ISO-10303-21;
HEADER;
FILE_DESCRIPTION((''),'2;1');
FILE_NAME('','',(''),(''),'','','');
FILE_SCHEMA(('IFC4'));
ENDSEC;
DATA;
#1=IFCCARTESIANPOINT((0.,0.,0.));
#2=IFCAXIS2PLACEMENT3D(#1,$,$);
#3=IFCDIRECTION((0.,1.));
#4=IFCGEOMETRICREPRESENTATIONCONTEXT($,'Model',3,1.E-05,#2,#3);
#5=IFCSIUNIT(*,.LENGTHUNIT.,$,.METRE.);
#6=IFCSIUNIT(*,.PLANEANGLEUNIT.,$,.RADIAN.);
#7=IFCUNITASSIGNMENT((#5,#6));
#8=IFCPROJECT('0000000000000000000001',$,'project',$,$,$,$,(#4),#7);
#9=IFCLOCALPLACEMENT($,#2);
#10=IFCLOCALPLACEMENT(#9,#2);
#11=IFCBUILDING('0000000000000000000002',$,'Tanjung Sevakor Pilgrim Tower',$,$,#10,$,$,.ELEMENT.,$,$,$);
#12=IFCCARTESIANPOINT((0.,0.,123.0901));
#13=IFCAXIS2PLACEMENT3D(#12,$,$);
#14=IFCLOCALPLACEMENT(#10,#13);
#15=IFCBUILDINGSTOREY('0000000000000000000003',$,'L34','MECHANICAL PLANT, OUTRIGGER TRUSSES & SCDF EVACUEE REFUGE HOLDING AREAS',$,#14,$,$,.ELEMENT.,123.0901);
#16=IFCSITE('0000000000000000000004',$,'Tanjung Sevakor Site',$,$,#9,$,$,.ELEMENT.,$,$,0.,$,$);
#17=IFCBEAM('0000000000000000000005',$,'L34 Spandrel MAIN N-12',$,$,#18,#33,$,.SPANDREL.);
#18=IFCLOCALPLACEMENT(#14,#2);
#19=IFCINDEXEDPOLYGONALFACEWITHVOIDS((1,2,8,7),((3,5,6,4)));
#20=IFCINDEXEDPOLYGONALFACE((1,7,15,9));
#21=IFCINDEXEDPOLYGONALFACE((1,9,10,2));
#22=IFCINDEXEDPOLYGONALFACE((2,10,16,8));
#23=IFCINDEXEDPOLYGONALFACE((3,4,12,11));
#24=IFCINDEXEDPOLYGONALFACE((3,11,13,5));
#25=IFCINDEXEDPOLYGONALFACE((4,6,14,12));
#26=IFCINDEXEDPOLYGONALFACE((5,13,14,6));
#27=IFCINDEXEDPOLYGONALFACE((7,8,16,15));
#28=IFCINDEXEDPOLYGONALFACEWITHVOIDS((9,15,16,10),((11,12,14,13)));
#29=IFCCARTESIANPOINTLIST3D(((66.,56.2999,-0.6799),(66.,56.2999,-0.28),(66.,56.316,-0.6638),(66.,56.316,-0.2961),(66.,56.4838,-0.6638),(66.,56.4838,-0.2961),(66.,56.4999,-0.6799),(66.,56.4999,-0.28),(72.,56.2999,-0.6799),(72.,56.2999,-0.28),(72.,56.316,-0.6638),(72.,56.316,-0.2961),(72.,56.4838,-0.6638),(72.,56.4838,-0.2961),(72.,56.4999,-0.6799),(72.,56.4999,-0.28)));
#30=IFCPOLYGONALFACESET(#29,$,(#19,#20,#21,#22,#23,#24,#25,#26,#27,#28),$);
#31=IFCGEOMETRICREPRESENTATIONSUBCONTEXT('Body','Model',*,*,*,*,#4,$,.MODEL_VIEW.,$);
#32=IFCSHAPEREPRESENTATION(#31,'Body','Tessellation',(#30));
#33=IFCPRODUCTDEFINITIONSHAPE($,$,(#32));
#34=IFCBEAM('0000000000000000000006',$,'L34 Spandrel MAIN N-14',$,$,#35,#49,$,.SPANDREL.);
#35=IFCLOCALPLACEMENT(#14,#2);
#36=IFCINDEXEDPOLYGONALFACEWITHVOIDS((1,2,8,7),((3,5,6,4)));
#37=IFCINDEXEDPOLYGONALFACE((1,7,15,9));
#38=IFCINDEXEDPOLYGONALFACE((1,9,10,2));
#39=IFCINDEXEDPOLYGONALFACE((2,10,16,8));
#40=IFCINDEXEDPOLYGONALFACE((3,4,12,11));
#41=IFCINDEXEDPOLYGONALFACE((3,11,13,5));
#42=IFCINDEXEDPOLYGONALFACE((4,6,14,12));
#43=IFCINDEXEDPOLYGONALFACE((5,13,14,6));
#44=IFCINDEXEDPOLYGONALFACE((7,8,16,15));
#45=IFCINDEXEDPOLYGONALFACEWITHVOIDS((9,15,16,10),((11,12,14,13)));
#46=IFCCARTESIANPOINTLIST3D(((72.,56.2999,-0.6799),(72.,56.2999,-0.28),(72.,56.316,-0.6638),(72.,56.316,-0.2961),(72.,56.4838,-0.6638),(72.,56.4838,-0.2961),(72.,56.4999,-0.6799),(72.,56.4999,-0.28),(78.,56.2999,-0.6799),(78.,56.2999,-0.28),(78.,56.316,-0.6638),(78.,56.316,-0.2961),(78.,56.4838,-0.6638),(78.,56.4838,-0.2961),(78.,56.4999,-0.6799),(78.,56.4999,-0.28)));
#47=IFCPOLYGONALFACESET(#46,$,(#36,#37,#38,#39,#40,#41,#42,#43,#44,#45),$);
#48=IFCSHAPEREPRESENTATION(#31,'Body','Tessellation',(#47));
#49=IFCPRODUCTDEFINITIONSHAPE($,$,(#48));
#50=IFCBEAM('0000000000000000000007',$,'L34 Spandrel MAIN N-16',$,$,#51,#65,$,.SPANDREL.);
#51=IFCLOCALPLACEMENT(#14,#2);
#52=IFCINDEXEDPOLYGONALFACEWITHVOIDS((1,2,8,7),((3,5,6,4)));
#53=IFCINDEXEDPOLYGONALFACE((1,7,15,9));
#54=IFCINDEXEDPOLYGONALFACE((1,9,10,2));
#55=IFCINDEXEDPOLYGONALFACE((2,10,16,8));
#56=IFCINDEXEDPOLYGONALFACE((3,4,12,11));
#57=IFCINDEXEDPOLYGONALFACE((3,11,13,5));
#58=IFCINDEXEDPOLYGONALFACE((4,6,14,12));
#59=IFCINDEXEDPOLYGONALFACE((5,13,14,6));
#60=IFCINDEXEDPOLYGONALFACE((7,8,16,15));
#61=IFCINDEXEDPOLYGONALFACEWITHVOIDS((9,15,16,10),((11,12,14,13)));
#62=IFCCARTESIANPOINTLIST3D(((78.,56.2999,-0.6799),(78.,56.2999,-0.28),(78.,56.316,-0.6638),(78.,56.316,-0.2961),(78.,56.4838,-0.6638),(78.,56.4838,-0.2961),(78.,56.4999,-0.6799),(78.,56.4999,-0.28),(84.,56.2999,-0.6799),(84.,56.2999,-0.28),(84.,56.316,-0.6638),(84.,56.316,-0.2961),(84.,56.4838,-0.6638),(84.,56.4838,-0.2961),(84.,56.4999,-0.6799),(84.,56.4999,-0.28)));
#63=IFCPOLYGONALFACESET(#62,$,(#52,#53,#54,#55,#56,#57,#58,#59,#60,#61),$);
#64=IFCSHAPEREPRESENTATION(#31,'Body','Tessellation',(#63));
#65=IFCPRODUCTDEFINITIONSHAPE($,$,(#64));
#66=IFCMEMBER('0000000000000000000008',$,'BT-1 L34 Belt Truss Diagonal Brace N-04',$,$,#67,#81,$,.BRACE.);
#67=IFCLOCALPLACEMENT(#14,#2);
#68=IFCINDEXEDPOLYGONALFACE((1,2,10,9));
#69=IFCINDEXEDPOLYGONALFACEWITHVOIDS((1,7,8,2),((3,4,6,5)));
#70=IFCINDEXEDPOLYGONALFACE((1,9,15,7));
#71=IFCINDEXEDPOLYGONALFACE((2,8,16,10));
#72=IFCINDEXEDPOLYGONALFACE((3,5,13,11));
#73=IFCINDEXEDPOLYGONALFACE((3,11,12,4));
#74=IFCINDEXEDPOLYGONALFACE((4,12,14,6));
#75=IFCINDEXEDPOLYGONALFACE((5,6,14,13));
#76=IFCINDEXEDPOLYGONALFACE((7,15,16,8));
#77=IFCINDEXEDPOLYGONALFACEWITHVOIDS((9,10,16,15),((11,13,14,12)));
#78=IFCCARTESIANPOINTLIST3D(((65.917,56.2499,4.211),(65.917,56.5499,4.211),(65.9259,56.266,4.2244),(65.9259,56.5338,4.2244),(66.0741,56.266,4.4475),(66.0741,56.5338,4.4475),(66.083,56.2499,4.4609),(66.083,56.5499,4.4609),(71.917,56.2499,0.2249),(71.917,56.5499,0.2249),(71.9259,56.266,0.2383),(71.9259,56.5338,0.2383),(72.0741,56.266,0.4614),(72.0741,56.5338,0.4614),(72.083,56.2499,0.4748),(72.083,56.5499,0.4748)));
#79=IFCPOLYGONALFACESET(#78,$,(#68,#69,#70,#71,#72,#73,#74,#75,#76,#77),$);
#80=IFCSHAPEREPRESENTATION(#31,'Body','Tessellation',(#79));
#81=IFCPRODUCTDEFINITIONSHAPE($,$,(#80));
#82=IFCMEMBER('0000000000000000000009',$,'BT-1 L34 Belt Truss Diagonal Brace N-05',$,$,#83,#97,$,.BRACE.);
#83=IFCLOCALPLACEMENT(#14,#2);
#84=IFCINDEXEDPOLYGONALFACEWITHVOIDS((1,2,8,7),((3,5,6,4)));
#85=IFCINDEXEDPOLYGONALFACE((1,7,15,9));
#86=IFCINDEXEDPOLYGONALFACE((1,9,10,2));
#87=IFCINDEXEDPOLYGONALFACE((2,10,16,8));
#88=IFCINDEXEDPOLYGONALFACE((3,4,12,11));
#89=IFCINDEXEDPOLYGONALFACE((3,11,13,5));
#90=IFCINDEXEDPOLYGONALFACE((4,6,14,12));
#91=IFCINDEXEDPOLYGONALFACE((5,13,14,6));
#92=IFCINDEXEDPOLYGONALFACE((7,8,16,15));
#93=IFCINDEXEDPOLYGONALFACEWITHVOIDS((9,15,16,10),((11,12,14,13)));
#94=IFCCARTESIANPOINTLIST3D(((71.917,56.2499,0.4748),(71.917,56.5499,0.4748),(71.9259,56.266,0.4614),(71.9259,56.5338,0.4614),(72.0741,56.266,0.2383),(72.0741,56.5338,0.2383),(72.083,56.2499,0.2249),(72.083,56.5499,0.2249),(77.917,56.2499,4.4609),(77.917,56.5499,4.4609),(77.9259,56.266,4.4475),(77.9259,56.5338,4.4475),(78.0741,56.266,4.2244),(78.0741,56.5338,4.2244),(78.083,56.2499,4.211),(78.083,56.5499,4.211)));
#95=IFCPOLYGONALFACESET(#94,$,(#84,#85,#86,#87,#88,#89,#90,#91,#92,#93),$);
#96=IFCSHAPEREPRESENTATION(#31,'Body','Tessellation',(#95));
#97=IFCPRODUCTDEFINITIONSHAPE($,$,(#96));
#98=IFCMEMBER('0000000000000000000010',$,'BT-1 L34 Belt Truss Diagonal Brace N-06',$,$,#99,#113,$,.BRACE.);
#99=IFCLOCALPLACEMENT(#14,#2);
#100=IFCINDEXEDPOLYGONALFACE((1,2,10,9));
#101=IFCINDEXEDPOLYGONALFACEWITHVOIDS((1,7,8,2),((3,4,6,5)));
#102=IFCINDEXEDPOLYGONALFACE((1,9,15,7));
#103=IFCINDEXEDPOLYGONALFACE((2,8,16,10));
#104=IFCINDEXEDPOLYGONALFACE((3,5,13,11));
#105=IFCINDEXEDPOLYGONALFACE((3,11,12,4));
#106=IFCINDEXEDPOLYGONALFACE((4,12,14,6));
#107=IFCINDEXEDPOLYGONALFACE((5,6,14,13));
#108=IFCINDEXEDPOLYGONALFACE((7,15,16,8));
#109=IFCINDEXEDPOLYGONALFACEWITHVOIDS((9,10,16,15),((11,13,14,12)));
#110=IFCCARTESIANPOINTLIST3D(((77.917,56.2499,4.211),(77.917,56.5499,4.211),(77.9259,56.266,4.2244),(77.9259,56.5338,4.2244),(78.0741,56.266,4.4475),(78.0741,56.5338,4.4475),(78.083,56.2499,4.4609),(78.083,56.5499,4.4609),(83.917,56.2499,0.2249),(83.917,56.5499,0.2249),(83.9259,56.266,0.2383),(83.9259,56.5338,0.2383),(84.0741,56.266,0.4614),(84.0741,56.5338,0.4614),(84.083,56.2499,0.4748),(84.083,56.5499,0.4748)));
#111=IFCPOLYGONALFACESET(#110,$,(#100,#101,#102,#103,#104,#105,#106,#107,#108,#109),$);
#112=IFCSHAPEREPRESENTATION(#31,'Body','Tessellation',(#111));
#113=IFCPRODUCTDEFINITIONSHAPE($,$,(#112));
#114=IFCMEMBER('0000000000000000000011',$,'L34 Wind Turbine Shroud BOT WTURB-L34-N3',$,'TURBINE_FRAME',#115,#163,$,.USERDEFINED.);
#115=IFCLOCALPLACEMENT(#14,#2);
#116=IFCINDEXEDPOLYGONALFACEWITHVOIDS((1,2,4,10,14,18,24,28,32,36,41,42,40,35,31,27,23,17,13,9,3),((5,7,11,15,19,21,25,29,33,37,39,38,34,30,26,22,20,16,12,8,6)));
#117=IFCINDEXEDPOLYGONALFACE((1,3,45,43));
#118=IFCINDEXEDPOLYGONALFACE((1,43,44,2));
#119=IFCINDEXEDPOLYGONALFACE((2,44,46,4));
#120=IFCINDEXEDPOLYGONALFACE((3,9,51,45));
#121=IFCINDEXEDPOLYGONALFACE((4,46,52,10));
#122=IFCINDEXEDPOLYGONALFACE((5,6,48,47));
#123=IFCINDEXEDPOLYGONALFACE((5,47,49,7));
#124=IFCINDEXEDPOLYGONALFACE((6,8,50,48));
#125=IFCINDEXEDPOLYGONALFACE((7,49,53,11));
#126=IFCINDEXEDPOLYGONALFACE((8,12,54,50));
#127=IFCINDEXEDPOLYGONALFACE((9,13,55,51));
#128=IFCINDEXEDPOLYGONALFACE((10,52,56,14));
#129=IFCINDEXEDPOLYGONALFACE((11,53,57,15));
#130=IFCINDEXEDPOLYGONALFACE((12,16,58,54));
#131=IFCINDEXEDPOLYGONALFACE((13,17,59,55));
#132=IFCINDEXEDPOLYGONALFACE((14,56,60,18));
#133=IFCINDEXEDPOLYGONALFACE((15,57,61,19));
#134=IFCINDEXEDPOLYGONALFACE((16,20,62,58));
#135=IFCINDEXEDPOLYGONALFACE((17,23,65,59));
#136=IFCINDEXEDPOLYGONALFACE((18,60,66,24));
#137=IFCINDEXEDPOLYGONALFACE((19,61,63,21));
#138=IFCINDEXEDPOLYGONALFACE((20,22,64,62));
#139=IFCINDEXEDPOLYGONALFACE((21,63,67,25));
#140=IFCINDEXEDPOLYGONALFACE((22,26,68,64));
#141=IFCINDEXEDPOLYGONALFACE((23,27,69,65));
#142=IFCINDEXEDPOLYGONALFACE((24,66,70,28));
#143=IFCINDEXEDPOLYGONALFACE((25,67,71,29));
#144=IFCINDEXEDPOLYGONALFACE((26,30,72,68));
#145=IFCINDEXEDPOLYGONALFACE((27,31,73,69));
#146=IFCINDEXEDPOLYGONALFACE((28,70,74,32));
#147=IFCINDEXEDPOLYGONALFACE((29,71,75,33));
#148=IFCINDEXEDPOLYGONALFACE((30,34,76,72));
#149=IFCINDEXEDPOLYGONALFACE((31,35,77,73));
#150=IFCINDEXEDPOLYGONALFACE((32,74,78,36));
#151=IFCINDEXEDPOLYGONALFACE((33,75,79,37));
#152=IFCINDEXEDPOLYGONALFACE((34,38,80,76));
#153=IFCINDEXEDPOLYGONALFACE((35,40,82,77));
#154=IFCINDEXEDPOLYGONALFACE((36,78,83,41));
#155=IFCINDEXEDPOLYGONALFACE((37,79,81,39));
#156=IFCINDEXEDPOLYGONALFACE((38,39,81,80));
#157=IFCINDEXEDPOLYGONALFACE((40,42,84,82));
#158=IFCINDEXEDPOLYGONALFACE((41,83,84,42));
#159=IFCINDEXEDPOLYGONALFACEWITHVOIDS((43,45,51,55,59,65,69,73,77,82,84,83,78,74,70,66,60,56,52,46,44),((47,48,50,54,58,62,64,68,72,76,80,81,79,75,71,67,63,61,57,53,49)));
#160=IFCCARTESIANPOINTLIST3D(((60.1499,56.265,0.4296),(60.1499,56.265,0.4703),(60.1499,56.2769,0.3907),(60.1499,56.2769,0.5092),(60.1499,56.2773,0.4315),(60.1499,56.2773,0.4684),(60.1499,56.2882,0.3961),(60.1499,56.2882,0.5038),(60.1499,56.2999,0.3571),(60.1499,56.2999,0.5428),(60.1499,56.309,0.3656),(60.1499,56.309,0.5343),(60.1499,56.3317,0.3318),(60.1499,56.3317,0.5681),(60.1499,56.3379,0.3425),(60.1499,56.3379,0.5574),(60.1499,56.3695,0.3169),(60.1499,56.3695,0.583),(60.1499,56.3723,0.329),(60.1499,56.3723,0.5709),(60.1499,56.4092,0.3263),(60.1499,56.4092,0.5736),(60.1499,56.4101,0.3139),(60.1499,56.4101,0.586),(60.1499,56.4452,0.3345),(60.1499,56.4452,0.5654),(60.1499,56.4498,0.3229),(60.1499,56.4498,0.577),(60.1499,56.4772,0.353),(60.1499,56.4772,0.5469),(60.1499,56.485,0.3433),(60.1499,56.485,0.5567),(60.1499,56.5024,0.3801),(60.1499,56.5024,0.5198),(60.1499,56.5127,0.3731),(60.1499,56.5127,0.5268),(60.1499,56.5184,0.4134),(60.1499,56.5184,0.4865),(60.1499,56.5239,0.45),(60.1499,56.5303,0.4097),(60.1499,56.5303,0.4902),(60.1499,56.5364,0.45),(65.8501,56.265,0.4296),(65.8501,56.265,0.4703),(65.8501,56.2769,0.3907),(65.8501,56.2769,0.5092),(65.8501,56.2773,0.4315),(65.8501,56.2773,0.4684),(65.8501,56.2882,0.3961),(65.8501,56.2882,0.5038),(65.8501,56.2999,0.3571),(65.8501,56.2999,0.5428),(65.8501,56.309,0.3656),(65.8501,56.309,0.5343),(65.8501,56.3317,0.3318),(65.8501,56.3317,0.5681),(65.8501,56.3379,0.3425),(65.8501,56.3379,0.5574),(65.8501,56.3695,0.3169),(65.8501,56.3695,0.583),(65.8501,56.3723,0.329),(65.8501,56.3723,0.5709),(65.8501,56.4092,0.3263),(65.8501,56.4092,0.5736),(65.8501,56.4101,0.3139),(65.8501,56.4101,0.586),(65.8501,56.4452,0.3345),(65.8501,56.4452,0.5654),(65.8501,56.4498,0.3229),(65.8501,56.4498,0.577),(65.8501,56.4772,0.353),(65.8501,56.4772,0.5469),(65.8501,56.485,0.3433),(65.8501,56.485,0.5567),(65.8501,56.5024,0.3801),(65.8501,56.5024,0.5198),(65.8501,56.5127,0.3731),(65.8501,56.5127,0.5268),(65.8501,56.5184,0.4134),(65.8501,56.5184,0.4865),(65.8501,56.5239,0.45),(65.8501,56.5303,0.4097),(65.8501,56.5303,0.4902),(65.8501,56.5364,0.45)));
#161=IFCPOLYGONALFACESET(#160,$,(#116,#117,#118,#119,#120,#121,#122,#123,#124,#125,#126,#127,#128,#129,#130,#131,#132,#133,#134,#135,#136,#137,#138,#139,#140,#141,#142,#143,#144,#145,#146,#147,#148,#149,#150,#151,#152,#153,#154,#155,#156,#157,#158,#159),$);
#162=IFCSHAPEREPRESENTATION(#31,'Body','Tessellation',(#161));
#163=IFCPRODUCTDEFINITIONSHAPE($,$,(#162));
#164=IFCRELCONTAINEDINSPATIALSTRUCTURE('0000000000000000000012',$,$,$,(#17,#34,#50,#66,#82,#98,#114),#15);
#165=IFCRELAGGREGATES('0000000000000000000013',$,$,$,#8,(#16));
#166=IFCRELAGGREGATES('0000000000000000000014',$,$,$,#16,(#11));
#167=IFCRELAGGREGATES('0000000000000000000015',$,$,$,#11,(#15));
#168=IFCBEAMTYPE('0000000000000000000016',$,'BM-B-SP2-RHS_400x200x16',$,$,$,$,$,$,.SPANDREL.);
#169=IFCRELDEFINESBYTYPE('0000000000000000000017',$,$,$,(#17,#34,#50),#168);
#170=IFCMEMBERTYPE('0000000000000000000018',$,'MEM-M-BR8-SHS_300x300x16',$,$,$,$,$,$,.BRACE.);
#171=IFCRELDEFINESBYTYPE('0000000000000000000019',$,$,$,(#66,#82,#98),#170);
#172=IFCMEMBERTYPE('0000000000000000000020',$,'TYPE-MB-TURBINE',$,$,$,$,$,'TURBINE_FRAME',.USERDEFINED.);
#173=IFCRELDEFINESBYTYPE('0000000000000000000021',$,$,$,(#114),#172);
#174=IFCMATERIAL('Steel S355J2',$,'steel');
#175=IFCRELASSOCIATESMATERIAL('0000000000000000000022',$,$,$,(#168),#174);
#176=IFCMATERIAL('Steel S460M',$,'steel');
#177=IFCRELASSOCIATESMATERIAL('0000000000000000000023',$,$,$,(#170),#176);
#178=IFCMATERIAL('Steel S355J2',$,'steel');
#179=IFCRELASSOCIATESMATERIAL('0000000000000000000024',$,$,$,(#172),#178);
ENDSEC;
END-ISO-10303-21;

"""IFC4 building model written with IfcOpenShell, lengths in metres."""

from ifc_helpers import new_model, si_unit, direction, frame, origin, origin_2d, place, context, subcontext, project, spatial, hollow_rectangle, hollow_circle, extrude, material, material_profile, profile_set, type_object, element, save


model = new_model("IFC4")

# Units and contexts
model_context = context("Model", 3, precision=1e-05, world=origin(), true_north=direction((0.0, 1.0)))
body_context = subcontext(model_context, "Body", "Model", "MODEL_VIEW")
ifc_project = project(units=[si_unit("LENGTHUNIT", "METRE"), si_unit("PLANEANGLEUNIT", "RADIAN")], contexts=[model_context])

# Site, building, storey
site_placement = place(None, origin())
site = spatial("IfcSite", under=ifc_project, at=site_placement, Name="Tanjung Sevakor Site", CompositionType="ELEMENT", RefElevation=0.0)
building_placement = place(site_placement, origin())
building = spatial("IfcBuilding", under=site, at=building_placement, Name="Tanjung Sevakor Pilgrim Tower", CompositionType="ELEMENT")
storey_placement = place(building_placement, frame((0.0, 0.0, 123.0901)))
storey = spatial("IfcBuildingStorey", under=building, at=storey_placement, Name="L34", Description="MECHANICAL PLANT, OUTRIGGER TRUSSES & SCDF EVACUEE REFUGE HOLDING AREAS", CompositionType="ELEMENT", Elevation=123.0901)

# Beams
ifc_material_1 = material(Name="Steel S355J2", Category="steel")
ifc_material_profile_1 = material_profile(ifc_material_1, hollow_rectangle(XDim=0.2, YDim=0.3999, WallThickness=0.0161, at=origin_2d()))
ifc_profile_set_1 = profile_set([ifc_material_profile_1], Name="Steel S355J2")
beam_type_1 = type_object("IfcBeamType", Name="BM-B-SP2-RHS_400x200x16", PredefinedType="SPANDREL", material=ifc_profile_set_1)
for number, where, z_axis, x_axis, name in (
    (1, (66.0, 56.3999, -0.48), (1.0, 0.0, 0.0), (0.0, 1.0, 0.0), "L34 Spandrel MAIN N-12"),
    (2, (72.0, 56.3999, -0.48), (1.0, 0.0, 0.0), (0.0, 1.0, 0.0), "L34 Spandrel MAIN N-14"),
    (3, (78.0, 56.3999, -0.48), (1.0, 0.0, 0.0), (0.0, 1.0, 0.0), "L34 Spandrel MAIN N-16"),
):
    element("IfcBeam", number, at=place(storey_placement, frame(where, z_axis=z_axis, x_axis=x_axis)), inside=storey, type_object=beam_type_1, Name=name, PredefinedType="SPANDREL", context=body_context, shape_type="SweptSolid", body=[
        extrude(hollow_rectangle(XDim=0.2, YDim=0.3999, WallThickness=0.0161, at=origin_2d()), origin(), (0.0, 0.0, 1.0), 6.0),
    ])

# Members
ifc_material_2 = material(Name="Steel S460M", Category="steel")
ifc_material_profile_2 = material_profile(ifc_material_2, hollow_rectangle(XDim=0.3, YDim=0.3, WallThickness=0.0161, at=origin_2d()))
ifc_profile_set_2 = profile_set([ifc_material_profile_2], Name="Steel S460M")
member_type_1 = type_object("IfcMemberType", Name="MEM-M-BR8-SHS_300x300x16", PredefinedType="BRACE", material=ifc_profile_set_2)
for number, where, z_axis, x_axis, name in (
    (4, (66.0, 56.3999, 4.3359), (0.832941, 0.0, -0.553362), (0.0, 1.0, 0.0), "BT-1 L34 Belt Truss Diagonal Brace N-04"),
    (5, (72.0, 56.3999, 0.3499), (0.832941, 0.0, 0.553362), (0.0, 1.0, 0.0), "BT-1 L34 Belt Truss Diagonal Brace N-05"),
    (6, (78.0, 56.3999, 4.3359), (0.832941, 0.0, -0.553362), (0.0, 1.0, 0.0), "BT-1 L34 Belt Truss Diagonal Brace N-06"),
):
    element("IfcMember", number, at=place(storey_placement, frame(where, z_axis=z_axis, x_axis=x_axis)), inside=storey, type_object=member_type_1, Name=name, PredefinedType="BRACE", context=body_context, shape_type="SweptSolid", body=[
        extrude(hollow_rectangle(XDim=0.3, YDim=0.3, WallThickness=0.0161, at=origin_2d()), origin(), (0.0, 0.0, 1.0), 7.2034),
    ])
ifc_material_3 = material(Name="Steel S355J2", Category="steel")
ifc_material_profile_3 = material_profile(ifc_material_3, hollow_circle(Radius=0.1365, WallThickness=0.0125, at=origin_2d()))
ifc_profile_set_3 = profile_set([ifc_material_profile_3], Name="Steel S355J2")
member_type_2 = type_object("IfcMemberType", Name="TYPE-MB-TURBINE", ElementType="TURBINE_FRAME", PredefinedType="USERDEFINED", material=ifc_profile_set_3)
for number, where, z_axis, x_axis, name in (
    (7, (60.1499, 56.3999, 0.45), (1.0, 0.0, 0.0), (0.0, 1.0, 0.0), "L34 Wind Turbine Shroud BOT WTURB-L34-N3"),
):
    element("IfcMember", number, at=place(storey_placement, frame(where, z_axis=z_axis, x_axis=x_axis)), inside=storey, type_object=member_type_2, Name=name, ObjectType="TURBINE_FRAME", PredefinedType="USERDEFINED", context=body_context, shape_type="SweptSolid", body=[
        extrude(hollow_circle(Radius=0.1365, WallThickness=0.0125, at=origin_2d()), origin(), (0.0, 0.0, 1.0), 5.7002),
    ])

save(model, "model.ifc")
